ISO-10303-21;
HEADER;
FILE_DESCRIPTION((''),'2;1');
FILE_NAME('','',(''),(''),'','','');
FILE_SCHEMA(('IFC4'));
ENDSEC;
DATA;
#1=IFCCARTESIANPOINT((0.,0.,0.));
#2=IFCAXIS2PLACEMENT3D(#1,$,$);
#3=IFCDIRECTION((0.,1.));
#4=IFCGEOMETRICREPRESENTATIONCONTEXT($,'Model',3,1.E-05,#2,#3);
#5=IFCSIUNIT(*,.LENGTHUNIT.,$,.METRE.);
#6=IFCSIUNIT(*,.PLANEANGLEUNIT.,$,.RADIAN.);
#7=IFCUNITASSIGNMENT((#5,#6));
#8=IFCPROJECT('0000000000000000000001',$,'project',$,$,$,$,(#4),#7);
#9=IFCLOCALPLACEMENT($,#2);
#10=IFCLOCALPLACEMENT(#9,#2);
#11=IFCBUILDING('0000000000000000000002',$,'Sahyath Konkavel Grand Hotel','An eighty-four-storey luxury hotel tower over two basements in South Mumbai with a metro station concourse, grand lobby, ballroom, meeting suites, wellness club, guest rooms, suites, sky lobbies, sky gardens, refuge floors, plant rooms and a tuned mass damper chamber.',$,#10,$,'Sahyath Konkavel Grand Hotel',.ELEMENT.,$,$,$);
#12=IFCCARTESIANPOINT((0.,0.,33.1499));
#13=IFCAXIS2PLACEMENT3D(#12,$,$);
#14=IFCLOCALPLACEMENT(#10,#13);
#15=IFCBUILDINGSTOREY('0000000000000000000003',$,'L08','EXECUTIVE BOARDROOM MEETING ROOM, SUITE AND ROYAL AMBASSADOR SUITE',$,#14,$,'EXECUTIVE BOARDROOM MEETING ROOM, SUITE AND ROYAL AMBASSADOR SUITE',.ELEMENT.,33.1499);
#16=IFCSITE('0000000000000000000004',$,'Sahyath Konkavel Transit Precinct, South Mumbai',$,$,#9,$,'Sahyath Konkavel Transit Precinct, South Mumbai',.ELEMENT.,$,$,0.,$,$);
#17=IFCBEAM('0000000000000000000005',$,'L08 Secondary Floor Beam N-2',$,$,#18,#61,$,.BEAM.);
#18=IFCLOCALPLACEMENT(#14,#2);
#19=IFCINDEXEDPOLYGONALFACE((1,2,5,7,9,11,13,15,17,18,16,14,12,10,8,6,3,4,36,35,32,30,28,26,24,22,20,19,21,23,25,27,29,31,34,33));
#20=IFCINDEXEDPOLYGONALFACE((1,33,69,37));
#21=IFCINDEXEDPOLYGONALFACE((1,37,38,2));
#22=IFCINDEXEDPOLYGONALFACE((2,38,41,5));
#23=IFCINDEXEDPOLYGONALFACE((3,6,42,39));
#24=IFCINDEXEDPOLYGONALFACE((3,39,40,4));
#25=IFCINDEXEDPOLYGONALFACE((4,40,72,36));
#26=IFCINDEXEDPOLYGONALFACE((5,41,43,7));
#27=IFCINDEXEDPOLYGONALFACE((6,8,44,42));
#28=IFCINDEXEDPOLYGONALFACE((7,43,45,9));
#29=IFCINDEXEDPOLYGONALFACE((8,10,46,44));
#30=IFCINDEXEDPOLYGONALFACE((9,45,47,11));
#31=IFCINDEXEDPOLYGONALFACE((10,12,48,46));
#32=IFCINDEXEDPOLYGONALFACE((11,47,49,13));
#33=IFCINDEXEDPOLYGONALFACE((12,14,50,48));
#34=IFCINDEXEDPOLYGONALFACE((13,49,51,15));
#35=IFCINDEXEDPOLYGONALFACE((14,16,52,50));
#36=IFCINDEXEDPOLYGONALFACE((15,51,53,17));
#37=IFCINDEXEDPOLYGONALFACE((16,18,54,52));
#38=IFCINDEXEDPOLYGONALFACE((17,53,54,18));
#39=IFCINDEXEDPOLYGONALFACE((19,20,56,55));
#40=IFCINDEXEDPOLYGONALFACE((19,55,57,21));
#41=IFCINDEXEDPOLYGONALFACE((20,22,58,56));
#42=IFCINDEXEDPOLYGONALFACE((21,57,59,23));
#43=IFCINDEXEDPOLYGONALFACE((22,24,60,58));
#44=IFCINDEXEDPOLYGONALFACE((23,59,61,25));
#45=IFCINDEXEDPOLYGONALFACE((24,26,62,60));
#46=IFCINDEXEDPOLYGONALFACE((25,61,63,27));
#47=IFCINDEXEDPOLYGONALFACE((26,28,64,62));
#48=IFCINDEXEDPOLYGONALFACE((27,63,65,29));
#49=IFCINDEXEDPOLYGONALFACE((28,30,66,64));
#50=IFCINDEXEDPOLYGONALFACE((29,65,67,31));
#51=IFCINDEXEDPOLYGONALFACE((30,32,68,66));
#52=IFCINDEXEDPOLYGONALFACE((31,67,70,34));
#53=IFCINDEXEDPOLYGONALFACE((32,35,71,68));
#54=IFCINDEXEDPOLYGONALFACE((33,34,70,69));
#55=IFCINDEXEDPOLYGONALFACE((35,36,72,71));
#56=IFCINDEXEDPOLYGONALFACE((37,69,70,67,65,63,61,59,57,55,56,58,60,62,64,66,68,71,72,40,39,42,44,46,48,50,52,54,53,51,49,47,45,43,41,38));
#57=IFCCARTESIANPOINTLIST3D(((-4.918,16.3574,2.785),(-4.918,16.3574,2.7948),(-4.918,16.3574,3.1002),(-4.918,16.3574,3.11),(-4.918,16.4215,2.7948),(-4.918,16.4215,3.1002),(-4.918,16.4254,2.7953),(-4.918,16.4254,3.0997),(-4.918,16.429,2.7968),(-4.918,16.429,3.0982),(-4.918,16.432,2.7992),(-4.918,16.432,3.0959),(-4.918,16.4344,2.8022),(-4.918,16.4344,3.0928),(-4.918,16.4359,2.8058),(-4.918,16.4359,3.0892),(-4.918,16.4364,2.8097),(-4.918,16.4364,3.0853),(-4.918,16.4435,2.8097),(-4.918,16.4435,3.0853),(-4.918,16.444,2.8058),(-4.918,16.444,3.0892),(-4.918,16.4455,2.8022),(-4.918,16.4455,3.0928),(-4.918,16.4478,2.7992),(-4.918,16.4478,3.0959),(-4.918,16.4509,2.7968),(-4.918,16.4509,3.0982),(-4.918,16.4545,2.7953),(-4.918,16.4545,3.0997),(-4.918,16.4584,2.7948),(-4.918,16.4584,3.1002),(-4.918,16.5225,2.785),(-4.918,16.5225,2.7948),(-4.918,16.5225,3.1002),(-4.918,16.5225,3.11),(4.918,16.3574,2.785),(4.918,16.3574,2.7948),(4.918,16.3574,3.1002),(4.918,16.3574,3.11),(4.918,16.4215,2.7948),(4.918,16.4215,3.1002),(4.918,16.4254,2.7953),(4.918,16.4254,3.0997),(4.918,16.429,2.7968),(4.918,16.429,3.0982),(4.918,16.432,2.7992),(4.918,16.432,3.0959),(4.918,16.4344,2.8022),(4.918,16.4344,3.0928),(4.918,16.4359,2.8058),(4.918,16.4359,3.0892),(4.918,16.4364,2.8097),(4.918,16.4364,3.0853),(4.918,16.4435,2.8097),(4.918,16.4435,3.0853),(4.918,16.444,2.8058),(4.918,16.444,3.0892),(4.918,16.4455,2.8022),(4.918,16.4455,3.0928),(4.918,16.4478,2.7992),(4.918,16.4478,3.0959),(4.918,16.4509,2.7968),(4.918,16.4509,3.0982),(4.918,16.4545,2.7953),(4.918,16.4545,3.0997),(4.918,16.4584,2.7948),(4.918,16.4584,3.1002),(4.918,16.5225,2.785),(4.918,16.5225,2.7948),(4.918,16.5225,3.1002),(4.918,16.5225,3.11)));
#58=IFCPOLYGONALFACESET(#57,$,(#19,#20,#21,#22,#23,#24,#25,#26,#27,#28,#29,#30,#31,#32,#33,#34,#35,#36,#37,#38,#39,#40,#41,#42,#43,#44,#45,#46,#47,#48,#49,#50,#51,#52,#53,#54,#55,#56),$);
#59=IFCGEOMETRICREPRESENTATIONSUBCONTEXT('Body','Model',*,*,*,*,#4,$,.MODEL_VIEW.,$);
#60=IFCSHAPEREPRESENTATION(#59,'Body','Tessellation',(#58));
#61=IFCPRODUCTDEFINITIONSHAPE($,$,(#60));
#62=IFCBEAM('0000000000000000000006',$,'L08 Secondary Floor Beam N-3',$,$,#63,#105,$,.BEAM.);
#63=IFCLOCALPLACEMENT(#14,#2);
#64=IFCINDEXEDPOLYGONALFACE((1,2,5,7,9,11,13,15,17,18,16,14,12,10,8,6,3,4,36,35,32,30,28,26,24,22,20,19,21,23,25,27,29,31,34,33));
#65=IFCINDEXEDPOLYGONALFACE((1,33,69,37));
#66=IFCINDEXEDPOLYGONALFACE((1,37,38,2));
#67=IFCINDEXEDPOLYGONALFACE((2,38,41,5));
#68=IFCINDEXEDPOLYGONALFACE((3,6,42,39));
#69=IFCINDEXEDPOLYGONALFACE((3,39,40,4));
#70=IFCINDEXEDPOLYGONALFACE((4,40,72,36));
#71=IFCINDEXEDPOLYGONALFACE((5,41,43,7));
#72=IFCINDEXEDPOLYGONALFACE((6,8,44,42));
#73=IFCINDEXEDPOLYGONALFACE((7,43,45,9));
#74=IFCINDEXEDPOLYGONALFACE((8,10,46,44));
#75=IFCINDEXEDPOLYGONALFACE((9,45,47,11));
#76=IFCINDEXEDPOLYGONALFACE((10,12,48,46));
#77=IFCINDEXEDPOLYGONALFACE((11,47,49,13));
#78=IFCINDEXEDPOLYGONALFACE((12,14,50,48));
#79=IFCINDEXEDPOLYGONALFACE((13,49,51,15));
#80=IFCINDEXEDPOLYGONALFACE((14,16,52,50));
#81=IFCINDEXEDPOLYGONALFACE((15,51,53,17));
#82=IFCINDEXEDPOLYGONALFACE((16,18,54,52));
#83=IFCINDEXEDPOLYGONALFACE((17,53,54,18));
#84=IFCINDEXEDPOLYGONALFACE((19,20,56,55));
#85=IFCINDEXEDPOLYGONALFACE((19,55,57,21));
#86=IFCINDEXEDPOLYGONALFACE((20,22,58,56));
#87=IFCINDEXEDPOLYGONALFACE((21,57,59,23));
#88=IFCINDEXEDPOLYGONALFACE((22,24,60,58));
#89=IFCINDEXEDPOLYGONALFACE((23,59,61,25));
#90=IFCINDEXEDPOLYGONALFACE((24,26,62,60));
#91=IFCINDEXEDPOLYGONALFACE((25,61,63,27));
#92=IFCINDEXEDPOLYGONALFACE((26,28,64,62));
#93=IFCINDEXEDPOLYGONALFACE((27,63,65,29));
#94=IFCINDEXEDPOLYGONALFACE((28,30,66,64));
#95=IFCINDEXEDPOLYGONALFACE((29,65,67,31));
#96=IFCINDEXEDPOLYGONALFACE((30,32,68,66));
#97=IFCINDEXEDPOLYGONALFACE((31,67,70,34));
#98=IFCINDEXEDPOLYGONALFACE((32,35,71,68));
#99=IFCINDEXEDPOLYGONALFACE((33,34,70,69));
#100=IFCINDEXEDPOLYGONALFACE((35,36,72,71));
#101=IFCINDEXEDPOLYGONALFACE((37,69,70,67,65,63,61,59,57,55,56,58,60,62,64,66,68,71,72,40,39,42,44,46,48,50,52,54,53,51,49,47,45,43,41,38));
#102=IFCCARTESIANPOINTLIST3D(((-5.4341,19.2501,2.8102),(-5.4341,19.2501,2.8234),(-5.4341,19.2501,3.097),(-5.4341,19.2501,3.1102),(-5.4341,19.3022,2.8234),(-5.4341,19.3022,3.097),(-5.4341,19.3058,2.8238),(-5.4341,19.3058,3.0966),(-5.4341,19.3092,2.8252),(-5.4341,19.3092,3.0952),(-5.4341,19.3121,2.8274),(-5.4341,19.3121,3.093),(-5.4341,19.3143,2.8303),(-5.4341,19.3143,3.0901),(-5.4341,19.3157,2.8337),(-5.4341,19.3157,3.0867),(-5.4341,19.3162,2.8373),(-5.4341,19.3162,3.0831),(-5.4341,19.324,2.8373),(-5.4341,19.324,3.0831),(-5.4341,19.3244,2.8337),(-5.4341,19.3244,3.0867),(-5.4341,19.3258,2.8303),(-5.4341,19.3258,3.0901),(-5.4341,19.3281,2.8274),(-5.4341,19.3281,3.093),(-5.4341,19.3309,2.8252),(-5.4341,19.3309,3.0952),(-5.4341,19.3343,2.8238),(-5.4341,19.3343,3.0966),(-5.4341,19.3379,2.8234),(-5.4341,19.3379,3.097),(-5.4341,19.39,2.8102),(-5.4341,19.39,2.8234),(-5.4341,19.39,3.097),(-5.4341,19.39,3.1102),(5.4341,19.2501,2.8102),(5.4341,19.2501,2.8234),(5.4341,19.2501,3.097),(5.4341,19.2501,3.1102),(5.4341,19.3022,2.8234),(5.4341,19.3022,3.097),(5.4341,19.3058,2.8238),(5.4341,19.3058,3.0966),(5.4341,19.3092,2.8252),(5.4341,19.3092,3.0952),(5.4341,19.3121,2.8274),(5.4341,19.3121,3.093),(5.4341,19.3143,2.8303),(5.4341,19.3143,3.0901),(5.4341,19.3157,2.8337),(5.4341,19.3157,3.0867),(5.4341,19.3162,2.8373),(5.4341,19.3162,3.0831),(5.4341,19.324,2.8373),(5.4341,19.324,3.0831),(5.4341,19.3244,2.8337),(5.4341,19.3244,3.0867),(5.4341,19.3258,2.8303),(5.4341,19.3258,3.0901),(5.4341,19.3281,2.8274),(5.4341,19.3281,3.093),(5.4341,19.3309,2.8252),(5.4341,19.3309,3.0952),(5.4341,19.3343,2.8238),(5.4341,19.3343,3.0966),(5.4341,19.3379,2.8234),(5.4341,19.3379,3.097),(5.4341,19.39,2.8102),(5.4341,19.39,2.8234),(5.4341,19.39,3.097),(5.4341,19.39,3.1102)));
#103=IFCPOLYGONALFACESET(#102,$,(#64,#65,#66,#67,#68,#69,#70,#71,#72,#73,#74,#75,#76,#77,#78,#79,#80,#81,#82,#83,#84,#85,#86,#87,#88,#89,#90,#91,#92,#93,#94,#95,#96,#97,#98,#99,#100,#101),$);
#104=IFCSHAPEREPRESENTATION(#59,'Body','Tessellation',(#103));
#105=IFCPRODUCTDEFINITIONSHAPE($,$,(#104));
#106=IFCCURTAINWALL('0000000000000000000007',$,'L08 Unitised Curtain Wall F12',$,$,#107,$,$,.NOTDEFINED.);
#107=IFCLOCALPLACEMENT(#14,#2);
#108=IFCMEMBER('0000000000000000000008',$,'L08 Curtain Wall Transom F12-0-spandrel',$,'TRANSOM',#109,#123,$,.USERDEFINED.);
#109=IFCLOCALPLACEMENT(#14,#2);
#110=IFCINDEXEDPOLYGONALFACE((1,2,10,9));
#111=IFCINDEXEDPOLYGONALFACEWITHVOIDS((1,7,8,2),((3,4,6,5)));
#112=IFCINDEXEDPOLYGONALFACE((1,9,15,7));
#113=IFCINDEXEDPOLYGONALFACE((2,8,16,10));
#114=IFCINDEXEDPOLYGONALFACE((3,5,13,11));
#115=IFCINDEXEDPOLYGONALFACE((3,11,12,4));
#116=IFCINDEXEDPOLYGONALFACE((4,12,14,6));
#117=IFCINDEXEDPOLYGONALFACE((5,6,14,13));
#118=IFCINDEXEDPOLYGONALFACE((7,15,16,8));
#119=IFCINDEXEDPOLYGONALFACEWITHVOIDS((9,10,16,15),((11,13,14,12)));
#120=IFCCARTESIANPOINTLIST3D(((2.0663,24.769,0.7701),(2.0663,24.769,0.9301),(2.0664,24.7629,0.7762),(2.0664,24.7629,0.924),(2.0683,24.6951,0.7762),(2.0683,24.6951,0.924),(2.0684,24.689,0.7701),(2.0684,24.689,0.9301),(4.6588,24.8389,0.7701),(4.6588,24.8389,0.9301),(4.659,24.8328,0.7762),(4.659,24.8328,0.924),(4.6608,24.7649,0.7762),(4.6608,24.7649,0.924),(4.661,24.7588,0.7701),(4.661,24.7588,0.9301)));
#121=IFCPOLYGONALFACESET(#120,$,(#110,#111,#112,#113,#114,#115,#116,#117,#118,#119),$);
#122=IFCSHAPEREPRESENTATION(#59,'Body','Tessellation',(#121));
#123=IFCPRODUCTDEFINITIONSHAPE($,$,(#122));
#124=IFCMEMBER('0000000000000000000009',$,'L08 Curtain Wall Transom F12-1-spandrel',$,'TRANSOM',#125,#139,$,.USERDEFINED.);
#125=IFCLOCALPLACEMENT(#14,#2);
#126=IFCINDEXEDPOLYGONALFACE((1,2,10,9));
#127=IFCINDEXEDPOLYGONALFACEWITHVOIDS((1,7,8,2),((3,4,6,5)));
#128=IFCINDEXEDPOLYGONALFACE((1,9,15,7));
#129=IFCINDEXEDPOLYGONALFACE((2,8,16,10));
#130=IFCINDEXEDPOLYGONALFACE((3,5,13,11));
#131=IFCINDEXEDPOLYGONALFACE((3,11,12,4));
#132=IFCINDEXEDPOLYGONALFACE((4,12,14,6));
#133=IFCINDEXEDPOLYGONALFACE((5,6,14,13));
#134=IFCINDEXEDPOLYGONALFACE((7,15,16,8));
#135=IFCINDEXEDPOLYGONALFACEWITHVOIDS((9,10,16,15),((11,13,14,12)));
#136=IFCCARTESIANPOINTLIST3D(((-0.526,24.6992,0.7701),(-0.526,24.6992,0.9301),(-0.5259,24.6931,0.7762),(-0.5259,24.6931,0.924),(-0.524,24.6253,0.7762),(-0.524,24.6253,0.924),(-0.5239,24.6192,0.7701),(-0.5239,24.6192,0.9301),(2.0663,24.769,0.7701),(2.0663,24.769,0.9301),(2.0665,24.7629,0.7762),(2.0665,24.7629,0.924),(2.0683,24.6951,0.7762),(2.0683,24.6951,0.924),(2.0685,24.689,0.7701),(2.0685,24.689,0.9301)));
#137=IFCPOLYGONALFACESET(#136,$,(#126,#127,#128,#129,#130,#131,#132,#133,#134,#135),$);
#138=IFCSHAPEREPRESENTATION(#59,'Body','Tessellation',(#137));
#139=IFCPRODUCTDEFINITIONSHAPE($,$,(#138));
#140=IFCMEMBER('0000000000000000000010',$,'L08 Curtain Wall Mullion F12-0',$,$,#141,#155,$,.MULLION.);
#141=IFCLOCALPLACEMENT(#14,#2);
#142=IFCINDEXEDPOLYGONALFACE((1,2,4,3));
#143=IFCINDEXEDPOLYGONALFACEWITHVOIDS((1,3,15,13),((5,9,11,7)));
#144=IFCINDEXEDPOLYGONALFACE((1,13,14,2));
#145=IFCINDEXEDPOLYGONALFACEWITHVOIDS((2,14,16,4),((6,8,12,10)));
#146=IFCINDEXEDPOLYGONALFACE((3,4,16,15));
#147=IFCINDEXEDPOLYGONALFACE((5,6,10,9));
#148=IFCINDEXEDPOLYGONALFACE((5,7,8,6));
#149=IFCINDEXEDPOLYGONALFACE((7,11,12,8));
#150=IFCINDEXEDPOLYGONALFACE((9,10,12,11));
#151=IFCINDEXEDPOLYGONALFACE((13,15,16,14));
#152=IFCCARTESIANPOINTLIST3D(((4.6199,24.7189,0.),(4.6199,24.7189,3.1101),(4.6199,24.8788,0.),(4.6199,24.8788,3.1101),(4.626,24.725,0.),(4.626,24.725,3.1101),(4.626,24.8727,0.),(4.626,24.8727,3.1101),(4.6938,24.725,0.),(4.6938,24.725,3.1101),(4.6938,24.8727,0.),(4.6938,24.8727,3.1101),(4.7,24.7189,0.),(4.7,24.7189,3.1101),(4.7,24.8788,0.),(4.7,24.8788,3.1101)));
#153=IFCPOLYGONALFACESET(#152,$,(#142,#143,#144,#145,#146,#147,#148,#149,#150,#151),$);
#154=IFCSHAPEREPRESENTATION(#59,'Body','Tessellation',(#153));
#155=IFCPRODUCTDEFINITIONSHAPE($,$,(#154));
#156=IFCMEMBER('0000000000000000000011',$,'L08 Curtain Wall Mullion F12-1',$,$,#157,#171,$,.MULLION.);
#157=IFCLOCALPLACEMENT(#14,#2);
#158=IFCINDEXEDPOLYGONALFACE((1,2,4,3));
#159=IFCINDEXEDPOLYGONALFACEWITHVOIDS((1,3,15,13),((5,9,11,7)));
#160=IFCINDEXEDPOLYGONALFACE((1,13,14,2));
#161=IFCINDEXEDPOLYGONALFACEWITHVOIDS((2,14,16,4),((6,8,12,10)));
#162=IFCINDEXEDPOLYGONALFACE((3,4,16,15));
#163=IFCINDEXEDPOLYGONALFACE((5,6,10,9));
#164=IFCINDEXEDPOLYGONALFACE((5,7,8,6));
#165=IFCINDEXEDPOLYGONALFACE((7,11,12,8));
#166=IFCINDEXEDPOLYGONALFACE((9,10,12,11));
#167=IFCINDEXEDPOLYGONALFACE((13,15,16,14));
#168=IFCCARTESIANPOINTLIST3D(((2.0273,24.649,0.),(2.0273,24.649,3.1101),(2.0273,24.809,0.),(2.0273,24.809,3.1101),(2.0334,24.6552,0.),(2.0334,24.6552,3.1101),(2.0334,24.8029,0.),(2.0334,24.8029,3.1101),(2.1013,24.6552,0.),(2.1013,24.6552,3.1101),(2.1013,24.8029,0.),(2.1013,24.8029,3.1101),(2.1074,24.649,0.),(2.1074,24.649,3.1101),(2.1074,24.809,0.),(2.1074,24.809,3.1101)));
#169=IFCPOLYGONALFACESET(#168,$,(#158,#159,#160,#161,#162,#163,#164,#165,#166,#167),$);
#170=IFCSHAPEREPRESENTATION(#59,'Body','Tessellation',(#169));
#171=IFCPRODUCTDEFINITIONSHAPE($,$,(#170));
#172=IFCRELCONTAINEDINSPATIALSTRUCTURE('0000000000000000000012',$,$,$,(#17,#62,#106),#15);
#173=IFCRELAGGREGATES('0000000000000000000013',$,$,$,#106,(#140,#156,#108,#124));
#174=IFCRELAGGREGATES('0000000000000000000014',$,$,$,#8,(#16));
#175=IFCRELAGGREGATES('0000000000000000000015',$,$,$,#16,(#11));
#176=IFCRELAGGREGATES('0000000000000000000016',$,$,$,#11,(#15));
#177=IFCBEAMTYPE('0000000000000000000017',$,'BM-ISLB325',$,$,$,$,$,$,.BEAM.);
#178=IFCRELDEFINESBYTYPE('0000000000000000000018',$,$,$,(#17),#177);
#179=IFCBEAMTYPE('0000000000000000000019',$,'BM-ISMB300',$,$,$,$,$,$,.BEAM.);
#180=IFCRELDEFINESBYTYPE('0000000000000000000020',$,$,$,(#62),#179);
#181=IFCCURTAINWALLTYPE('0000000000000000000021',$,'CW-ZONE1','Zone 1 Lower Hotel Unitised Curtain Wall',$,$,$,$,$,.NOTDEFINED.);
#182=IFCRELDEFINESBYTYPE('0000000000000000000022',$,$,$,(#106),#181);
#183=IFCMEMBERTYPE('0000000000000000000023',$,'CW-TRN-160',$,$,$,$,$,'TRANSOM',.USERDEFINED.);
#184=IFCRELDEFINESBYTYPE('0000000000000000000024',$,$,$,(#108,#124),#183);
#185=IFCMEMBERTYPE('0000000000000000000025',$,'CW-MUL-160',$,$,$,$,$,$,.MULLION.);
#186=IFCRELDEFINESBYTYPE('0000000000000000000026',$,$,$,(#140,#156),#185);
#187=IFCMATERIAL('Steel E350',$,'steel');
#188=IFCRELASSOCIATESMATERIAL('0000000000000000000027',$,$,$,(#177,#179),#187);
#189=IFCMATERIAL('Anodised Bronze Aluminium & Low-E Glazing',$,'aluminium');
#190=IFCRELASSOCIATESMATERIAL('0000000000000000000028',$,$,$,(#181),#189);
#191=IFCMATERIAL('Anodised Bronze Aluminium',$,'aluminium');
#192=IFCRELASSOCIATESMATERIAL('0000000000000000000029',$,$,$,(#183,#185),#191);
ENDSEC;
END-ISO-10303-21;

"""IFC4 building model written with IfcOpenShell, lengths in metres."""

from ifc_helpers import new_model, si_unit, direction, frame, origin, origin_2d, place, context, subcontext, project, spatial, hollow_rectangle, i_section, extrude, source, transform, mapped, material, material_profile, profile_set, type_object, element, aggregate, save


model = new_model("IFC4")

# Units and contexts
model_context = context("Model", 3, precision=1e-05, world=origin(), true_north=direction((0.0, 1.0)))
body_context = subcontext(model_context, "Body", "Model", "MODEL_VIEW")
ifc_project = project(units=[si_unit("LENGTHUNIT", "METRE"), si_unit("PLANEANGLEUNIT", "RADIAN")], contexts=[model_context])

# Site, building, storey
site_placement = place(None, origin())
site = spatial("IfcSite", under=ifc_project, at=site_placement, Name="Sahyath Konkavel Transit Precinct, South Mumbai", LongName="Sahyath Konkavel Transit Precinct, South Mumbai", CompositionType="ELEMENT", RefElevation=0.0)
building_placement = place(site_placement, origin())
building = spatial("IfcBuilding", under=site, at=building_placement, Name="Sahyath Konkavel Grand Hotel", Description="An eighty-four-storey luxury hotel tower over two basements in South Mumbai with a metro station concourse, grand lobby, ballroom, meeting suites, wellness club, guest rooms, suites, sky lobbies, sky gardens, refuge floors, plant rooms and a tuned mass damper chamber.", LongName="Sahyath Konkavel Grand Hotel", CompositionType="ELEMENT")
storey_placement = place(building_placement, frame((0.0, 0.0, 33.1499)))
storey = spatial("IfcBuildingStorey", under=building, at=storey_placement, Name="L08", Description="EXECUTIVE BOARDROOM MEETING ROOM, SUITE AND ROYAL AMBASSADOR SUITE", LongName="EXECUTIVE BOARDROOM MEETING ROOM, SUITE AND ROYAL AMBASSADOR SUITE", CompositionType="ELEMENT", Elevation=33.1499)

# Beams
ifc_material_1 = material(Name="Steel E350", Category="steel")
ifc_material_profile_1 = material_profile(ifc_material_1, i_section(OverallWidth=0.165, OverallDepth=0.325, WebThickness=0.0071, FlangeThickness=0.0098, FilletRadius=0.0149, at=origin_2d()), Name="ISLB 325")
ifc_profile_set_1 = profile_set([ifc_material_profile_1], Name="Steel E350")
beam_type_1 = type_object("IfcBeamType", Name="BM-ISLB325", PredefinedType="BEAM", material=ifc_profile_set_1)
shared_shape_1 = source(origin(), body_context, "Body", "SweptSolid", [
    extrude(i_section(OverallWidth=0.165, OverallDepth=0.325, WebThickness=0.0071, FlangeThickness=0.0098, FilletRadius=0.0149, at=origin_2d()), origin(), (0.0, 0.0, 1.0), 9.8359),
])
beam_1_placement = place(storey_placement, frame((4.918, 16.4399, 2.9475), z_axis=(-1.0, 0.0, 0.0), x_axis=(0.0, -1.0, 0.0)))
element("IfcBeam", 1, at=beam_1_placement, inside=storey, type_object=beam_type_1, Name="L08 Secondary Floor Beam N-2", PredefinedType="BEAM", context=body_context, shape_type="MappedRepresentation", body=[
    mapped(shared_shape_1, transform((0.0, 0.0, 0.0), scale=1.0)),
])
ifc_material_profile_2 = material_profile(ifc_material_1, i_section(OverallWidth=0.1399, OverallDepth=0.3, WebThickness=0.0078, FlangeThickness=0.0132, FilletRadius=0.0139, at=origin_2d()), Name="ISMB 300")
ifc_profile_set_2 = profile_set([ifc_material_profile_2], Name="Steel E350")
beam_type_2 = type_object("IfcBeamType", Name="BM-ISMB300", PredefinedType="BEAM", material=ifc_profile_set_2)
shared_shape_2 = source(origin(), body_context, "Body", "SweptSolid", [
    extrude(i_section(OverallWidth=0.1399, OverallDepth=0.3, WebThickness=0.0078, FlangeThickness=0.0132, FilletRadius=0.0139, at=origin_2d()), origin(), (0.0, 0.0, 1.0), 10.8682),
])
beam_2_placement = place(storey_placement, frame((5.4341, 19.3201, 2.9602), z_axis=(-1.0, 0.0, 0.0), x_axis=(0.0, -1.0, 0.0)))
element("IfcBeam", 2, at=beam_2_placement, inside=storey, type_object=beam_type_2, Name="L08 Secondary Floor Beam N-3", PredefinedType="BEAM", context=body_context, shape_type="MappedRepresentation", body=[
    mapped(shared_shape_2, transform((0.0, 0.0, 0.0), scale=1.0)),
])

# Curtain wall, members
ifc_material_2 = material(Name="Anodised Bronze Aluminium & Low-E Glazing", Category="aluminium")
curtain_wall_type = type_object("IfcCurtainWallType", Name="CW-ZONE1", Description="Zone 1 Lower Hotel Unitised Curtain Wall", PredefinedType="NOTDEFINED", material=ifc_material_2)
curtain_wall_placement = place(storey_placement, origin())
curtain_wall = element("IfcCurtainWall", 3, at=curtain_wall_placement, inside=storey, type_object=curtain_wall_type, Name="L08 Unitised Curtain Wall F12", PredefinedType="NOTDEFINED")
ifc_material_3 = material(Name="Anodised Bronze Aluminium", Category="aluminium")
ifc_material_profile_3 = material_profile(ifc_material_3, hollow_rectangle(XDim=0.0801, YDim=0.1599, WallThickness=0.0061, at=origin_2d()), Name="RHS 160x80x6")
ifc_profile_set_3 = profile_set([ifc_material_profile_3], Name="Anodised Bronze Aluminium")
member_type_1 = type_object("IfcMemberType", Name="CW-TRN-160", ElementType="TRANSOM", PredefinedType="USERDEFINED", material=ifc_profile_set_3)
shared_shape_3 = source(origin(), body_context, "Body", "SweptSolid", [
    extrude(hollow_rectangle(XDim=0.0801, YDim=0.1599, WallThickness=0.0061, at=origin_2d()), origin(), (0.0, 0.0, 1.0), 2.5935),
])
member_1_placement = place(storey_placement, frame((4.6599, 24.7988, 0.8501), z_axis=(-0.999638, -0.026923, 0.0), x_axis=(0.026923, -0.999638, 0.0)))
member_1 = element("IfcMember", 4, at=member_1_placement, type_object=member_type_1, Name="L08 Curtain Wall Transom F12-0-spandrel", ObjectType="TRANSOM", PredefinedType="USERDEFINED", context=body_context, shape_type="MappedRepresentation", body=[
    mapped(shared_shape_3, transform((0.0, 0.0, 0.0), scale=1.0)),
])
shared_shape_4 = source(origin(), body_context, "Body", "SweptSolid", [
    extrude(hollow_rectangle(XDim=0.0801, YDim=0.1599, WallThickness=0.0061, at=origin_2d()), origin(), (0.0, 0.0, 1.0), 2.5933),
])
member_2_placement = place(storey_placement, frame((2.0674, 24.729, 0.8501), z_axis=(-0.999637, -0.026926, 0.0), x_axis=(0.026926, -0.999637, 0.0)))
member_2 = element("IfcMember", 5, at=member_2_placement, type_object=member_type_1, Name="L08 Curtain Wall Transom F12-1-spandrel", ObjectType="TRANSOM", PredefinedType="USERDEFINED", context=body_context, shape_type="MappedRepresentation", body=[
    mapped(shared_shape_4, transform((0.0, 0.0, 0.0), scale=1.0)),
])
ifc_material_profile_4 = material_profile(ifc_material_3, hollow_rectangle(XDim=0.0801, YDim=0.1599, WallThickness=0.0061, at=origin_2d()), Name="RHS 160x80x6")
ifc_profile_set_4 = profile_set([ifc_material_profile_4], Name="Anodised Bronze Aluminium")
member_type_2 = type_object("IfcMemberType", Name="CW-MUL-160", PredefinedType="MULLION", material=ifc_profile_set_4)
shared_shape_5 = source(origin(), body_context, "Body", "SweptSolid", [
    extrude(hollow_rectangle(XDim=0.0801, YDim=0.1599, WallThickness=0.0061, at=origin_2d()), origin(), (0.0, 0.0, 1.0), 3.1101),
])
member_3_placement = place(storey_placement, frame((4.6599, 24.7988, 0.0), z_axis=(0.0, 0.0, 1.0), x_axis=(1.0, 0.0, 0.0)))
member_3 = element("IfcMember", 6, at=member_3_placement, type_object=member_type_2, Name="L08 Curtain Wall Mullion F12-0", PredefinedType="MULLION", context=body_context, shape_type="MappedRepresentation", body=[
    mapped(shared_shape_5, transform((0.0, 0.0, 0.0), scale=1.0)),
])
member_4_placement = place(storey_placement, frame((2.0674, 24.729, 0.0), z_axis=(0.0, 0.0, 1.0), x_axis=(1.0, 0.0, 0.0)))
member_4 = element("IfcMember", 7, at=member_4_placement, type_object=member_type_2, Name="L08 Curtain Wall Mullion F12-1", PredefinedType="MULLION", context=body_context, shape_type="MappedRepresentation", body=[
    mapped(shared_shape_5, transform((0.0, 0.0, 0.0), scale=1.0)),
])
aggregate(curtain_wall, [member_3, member_4, member_1, member_2])

save(model, "model.ifc")
